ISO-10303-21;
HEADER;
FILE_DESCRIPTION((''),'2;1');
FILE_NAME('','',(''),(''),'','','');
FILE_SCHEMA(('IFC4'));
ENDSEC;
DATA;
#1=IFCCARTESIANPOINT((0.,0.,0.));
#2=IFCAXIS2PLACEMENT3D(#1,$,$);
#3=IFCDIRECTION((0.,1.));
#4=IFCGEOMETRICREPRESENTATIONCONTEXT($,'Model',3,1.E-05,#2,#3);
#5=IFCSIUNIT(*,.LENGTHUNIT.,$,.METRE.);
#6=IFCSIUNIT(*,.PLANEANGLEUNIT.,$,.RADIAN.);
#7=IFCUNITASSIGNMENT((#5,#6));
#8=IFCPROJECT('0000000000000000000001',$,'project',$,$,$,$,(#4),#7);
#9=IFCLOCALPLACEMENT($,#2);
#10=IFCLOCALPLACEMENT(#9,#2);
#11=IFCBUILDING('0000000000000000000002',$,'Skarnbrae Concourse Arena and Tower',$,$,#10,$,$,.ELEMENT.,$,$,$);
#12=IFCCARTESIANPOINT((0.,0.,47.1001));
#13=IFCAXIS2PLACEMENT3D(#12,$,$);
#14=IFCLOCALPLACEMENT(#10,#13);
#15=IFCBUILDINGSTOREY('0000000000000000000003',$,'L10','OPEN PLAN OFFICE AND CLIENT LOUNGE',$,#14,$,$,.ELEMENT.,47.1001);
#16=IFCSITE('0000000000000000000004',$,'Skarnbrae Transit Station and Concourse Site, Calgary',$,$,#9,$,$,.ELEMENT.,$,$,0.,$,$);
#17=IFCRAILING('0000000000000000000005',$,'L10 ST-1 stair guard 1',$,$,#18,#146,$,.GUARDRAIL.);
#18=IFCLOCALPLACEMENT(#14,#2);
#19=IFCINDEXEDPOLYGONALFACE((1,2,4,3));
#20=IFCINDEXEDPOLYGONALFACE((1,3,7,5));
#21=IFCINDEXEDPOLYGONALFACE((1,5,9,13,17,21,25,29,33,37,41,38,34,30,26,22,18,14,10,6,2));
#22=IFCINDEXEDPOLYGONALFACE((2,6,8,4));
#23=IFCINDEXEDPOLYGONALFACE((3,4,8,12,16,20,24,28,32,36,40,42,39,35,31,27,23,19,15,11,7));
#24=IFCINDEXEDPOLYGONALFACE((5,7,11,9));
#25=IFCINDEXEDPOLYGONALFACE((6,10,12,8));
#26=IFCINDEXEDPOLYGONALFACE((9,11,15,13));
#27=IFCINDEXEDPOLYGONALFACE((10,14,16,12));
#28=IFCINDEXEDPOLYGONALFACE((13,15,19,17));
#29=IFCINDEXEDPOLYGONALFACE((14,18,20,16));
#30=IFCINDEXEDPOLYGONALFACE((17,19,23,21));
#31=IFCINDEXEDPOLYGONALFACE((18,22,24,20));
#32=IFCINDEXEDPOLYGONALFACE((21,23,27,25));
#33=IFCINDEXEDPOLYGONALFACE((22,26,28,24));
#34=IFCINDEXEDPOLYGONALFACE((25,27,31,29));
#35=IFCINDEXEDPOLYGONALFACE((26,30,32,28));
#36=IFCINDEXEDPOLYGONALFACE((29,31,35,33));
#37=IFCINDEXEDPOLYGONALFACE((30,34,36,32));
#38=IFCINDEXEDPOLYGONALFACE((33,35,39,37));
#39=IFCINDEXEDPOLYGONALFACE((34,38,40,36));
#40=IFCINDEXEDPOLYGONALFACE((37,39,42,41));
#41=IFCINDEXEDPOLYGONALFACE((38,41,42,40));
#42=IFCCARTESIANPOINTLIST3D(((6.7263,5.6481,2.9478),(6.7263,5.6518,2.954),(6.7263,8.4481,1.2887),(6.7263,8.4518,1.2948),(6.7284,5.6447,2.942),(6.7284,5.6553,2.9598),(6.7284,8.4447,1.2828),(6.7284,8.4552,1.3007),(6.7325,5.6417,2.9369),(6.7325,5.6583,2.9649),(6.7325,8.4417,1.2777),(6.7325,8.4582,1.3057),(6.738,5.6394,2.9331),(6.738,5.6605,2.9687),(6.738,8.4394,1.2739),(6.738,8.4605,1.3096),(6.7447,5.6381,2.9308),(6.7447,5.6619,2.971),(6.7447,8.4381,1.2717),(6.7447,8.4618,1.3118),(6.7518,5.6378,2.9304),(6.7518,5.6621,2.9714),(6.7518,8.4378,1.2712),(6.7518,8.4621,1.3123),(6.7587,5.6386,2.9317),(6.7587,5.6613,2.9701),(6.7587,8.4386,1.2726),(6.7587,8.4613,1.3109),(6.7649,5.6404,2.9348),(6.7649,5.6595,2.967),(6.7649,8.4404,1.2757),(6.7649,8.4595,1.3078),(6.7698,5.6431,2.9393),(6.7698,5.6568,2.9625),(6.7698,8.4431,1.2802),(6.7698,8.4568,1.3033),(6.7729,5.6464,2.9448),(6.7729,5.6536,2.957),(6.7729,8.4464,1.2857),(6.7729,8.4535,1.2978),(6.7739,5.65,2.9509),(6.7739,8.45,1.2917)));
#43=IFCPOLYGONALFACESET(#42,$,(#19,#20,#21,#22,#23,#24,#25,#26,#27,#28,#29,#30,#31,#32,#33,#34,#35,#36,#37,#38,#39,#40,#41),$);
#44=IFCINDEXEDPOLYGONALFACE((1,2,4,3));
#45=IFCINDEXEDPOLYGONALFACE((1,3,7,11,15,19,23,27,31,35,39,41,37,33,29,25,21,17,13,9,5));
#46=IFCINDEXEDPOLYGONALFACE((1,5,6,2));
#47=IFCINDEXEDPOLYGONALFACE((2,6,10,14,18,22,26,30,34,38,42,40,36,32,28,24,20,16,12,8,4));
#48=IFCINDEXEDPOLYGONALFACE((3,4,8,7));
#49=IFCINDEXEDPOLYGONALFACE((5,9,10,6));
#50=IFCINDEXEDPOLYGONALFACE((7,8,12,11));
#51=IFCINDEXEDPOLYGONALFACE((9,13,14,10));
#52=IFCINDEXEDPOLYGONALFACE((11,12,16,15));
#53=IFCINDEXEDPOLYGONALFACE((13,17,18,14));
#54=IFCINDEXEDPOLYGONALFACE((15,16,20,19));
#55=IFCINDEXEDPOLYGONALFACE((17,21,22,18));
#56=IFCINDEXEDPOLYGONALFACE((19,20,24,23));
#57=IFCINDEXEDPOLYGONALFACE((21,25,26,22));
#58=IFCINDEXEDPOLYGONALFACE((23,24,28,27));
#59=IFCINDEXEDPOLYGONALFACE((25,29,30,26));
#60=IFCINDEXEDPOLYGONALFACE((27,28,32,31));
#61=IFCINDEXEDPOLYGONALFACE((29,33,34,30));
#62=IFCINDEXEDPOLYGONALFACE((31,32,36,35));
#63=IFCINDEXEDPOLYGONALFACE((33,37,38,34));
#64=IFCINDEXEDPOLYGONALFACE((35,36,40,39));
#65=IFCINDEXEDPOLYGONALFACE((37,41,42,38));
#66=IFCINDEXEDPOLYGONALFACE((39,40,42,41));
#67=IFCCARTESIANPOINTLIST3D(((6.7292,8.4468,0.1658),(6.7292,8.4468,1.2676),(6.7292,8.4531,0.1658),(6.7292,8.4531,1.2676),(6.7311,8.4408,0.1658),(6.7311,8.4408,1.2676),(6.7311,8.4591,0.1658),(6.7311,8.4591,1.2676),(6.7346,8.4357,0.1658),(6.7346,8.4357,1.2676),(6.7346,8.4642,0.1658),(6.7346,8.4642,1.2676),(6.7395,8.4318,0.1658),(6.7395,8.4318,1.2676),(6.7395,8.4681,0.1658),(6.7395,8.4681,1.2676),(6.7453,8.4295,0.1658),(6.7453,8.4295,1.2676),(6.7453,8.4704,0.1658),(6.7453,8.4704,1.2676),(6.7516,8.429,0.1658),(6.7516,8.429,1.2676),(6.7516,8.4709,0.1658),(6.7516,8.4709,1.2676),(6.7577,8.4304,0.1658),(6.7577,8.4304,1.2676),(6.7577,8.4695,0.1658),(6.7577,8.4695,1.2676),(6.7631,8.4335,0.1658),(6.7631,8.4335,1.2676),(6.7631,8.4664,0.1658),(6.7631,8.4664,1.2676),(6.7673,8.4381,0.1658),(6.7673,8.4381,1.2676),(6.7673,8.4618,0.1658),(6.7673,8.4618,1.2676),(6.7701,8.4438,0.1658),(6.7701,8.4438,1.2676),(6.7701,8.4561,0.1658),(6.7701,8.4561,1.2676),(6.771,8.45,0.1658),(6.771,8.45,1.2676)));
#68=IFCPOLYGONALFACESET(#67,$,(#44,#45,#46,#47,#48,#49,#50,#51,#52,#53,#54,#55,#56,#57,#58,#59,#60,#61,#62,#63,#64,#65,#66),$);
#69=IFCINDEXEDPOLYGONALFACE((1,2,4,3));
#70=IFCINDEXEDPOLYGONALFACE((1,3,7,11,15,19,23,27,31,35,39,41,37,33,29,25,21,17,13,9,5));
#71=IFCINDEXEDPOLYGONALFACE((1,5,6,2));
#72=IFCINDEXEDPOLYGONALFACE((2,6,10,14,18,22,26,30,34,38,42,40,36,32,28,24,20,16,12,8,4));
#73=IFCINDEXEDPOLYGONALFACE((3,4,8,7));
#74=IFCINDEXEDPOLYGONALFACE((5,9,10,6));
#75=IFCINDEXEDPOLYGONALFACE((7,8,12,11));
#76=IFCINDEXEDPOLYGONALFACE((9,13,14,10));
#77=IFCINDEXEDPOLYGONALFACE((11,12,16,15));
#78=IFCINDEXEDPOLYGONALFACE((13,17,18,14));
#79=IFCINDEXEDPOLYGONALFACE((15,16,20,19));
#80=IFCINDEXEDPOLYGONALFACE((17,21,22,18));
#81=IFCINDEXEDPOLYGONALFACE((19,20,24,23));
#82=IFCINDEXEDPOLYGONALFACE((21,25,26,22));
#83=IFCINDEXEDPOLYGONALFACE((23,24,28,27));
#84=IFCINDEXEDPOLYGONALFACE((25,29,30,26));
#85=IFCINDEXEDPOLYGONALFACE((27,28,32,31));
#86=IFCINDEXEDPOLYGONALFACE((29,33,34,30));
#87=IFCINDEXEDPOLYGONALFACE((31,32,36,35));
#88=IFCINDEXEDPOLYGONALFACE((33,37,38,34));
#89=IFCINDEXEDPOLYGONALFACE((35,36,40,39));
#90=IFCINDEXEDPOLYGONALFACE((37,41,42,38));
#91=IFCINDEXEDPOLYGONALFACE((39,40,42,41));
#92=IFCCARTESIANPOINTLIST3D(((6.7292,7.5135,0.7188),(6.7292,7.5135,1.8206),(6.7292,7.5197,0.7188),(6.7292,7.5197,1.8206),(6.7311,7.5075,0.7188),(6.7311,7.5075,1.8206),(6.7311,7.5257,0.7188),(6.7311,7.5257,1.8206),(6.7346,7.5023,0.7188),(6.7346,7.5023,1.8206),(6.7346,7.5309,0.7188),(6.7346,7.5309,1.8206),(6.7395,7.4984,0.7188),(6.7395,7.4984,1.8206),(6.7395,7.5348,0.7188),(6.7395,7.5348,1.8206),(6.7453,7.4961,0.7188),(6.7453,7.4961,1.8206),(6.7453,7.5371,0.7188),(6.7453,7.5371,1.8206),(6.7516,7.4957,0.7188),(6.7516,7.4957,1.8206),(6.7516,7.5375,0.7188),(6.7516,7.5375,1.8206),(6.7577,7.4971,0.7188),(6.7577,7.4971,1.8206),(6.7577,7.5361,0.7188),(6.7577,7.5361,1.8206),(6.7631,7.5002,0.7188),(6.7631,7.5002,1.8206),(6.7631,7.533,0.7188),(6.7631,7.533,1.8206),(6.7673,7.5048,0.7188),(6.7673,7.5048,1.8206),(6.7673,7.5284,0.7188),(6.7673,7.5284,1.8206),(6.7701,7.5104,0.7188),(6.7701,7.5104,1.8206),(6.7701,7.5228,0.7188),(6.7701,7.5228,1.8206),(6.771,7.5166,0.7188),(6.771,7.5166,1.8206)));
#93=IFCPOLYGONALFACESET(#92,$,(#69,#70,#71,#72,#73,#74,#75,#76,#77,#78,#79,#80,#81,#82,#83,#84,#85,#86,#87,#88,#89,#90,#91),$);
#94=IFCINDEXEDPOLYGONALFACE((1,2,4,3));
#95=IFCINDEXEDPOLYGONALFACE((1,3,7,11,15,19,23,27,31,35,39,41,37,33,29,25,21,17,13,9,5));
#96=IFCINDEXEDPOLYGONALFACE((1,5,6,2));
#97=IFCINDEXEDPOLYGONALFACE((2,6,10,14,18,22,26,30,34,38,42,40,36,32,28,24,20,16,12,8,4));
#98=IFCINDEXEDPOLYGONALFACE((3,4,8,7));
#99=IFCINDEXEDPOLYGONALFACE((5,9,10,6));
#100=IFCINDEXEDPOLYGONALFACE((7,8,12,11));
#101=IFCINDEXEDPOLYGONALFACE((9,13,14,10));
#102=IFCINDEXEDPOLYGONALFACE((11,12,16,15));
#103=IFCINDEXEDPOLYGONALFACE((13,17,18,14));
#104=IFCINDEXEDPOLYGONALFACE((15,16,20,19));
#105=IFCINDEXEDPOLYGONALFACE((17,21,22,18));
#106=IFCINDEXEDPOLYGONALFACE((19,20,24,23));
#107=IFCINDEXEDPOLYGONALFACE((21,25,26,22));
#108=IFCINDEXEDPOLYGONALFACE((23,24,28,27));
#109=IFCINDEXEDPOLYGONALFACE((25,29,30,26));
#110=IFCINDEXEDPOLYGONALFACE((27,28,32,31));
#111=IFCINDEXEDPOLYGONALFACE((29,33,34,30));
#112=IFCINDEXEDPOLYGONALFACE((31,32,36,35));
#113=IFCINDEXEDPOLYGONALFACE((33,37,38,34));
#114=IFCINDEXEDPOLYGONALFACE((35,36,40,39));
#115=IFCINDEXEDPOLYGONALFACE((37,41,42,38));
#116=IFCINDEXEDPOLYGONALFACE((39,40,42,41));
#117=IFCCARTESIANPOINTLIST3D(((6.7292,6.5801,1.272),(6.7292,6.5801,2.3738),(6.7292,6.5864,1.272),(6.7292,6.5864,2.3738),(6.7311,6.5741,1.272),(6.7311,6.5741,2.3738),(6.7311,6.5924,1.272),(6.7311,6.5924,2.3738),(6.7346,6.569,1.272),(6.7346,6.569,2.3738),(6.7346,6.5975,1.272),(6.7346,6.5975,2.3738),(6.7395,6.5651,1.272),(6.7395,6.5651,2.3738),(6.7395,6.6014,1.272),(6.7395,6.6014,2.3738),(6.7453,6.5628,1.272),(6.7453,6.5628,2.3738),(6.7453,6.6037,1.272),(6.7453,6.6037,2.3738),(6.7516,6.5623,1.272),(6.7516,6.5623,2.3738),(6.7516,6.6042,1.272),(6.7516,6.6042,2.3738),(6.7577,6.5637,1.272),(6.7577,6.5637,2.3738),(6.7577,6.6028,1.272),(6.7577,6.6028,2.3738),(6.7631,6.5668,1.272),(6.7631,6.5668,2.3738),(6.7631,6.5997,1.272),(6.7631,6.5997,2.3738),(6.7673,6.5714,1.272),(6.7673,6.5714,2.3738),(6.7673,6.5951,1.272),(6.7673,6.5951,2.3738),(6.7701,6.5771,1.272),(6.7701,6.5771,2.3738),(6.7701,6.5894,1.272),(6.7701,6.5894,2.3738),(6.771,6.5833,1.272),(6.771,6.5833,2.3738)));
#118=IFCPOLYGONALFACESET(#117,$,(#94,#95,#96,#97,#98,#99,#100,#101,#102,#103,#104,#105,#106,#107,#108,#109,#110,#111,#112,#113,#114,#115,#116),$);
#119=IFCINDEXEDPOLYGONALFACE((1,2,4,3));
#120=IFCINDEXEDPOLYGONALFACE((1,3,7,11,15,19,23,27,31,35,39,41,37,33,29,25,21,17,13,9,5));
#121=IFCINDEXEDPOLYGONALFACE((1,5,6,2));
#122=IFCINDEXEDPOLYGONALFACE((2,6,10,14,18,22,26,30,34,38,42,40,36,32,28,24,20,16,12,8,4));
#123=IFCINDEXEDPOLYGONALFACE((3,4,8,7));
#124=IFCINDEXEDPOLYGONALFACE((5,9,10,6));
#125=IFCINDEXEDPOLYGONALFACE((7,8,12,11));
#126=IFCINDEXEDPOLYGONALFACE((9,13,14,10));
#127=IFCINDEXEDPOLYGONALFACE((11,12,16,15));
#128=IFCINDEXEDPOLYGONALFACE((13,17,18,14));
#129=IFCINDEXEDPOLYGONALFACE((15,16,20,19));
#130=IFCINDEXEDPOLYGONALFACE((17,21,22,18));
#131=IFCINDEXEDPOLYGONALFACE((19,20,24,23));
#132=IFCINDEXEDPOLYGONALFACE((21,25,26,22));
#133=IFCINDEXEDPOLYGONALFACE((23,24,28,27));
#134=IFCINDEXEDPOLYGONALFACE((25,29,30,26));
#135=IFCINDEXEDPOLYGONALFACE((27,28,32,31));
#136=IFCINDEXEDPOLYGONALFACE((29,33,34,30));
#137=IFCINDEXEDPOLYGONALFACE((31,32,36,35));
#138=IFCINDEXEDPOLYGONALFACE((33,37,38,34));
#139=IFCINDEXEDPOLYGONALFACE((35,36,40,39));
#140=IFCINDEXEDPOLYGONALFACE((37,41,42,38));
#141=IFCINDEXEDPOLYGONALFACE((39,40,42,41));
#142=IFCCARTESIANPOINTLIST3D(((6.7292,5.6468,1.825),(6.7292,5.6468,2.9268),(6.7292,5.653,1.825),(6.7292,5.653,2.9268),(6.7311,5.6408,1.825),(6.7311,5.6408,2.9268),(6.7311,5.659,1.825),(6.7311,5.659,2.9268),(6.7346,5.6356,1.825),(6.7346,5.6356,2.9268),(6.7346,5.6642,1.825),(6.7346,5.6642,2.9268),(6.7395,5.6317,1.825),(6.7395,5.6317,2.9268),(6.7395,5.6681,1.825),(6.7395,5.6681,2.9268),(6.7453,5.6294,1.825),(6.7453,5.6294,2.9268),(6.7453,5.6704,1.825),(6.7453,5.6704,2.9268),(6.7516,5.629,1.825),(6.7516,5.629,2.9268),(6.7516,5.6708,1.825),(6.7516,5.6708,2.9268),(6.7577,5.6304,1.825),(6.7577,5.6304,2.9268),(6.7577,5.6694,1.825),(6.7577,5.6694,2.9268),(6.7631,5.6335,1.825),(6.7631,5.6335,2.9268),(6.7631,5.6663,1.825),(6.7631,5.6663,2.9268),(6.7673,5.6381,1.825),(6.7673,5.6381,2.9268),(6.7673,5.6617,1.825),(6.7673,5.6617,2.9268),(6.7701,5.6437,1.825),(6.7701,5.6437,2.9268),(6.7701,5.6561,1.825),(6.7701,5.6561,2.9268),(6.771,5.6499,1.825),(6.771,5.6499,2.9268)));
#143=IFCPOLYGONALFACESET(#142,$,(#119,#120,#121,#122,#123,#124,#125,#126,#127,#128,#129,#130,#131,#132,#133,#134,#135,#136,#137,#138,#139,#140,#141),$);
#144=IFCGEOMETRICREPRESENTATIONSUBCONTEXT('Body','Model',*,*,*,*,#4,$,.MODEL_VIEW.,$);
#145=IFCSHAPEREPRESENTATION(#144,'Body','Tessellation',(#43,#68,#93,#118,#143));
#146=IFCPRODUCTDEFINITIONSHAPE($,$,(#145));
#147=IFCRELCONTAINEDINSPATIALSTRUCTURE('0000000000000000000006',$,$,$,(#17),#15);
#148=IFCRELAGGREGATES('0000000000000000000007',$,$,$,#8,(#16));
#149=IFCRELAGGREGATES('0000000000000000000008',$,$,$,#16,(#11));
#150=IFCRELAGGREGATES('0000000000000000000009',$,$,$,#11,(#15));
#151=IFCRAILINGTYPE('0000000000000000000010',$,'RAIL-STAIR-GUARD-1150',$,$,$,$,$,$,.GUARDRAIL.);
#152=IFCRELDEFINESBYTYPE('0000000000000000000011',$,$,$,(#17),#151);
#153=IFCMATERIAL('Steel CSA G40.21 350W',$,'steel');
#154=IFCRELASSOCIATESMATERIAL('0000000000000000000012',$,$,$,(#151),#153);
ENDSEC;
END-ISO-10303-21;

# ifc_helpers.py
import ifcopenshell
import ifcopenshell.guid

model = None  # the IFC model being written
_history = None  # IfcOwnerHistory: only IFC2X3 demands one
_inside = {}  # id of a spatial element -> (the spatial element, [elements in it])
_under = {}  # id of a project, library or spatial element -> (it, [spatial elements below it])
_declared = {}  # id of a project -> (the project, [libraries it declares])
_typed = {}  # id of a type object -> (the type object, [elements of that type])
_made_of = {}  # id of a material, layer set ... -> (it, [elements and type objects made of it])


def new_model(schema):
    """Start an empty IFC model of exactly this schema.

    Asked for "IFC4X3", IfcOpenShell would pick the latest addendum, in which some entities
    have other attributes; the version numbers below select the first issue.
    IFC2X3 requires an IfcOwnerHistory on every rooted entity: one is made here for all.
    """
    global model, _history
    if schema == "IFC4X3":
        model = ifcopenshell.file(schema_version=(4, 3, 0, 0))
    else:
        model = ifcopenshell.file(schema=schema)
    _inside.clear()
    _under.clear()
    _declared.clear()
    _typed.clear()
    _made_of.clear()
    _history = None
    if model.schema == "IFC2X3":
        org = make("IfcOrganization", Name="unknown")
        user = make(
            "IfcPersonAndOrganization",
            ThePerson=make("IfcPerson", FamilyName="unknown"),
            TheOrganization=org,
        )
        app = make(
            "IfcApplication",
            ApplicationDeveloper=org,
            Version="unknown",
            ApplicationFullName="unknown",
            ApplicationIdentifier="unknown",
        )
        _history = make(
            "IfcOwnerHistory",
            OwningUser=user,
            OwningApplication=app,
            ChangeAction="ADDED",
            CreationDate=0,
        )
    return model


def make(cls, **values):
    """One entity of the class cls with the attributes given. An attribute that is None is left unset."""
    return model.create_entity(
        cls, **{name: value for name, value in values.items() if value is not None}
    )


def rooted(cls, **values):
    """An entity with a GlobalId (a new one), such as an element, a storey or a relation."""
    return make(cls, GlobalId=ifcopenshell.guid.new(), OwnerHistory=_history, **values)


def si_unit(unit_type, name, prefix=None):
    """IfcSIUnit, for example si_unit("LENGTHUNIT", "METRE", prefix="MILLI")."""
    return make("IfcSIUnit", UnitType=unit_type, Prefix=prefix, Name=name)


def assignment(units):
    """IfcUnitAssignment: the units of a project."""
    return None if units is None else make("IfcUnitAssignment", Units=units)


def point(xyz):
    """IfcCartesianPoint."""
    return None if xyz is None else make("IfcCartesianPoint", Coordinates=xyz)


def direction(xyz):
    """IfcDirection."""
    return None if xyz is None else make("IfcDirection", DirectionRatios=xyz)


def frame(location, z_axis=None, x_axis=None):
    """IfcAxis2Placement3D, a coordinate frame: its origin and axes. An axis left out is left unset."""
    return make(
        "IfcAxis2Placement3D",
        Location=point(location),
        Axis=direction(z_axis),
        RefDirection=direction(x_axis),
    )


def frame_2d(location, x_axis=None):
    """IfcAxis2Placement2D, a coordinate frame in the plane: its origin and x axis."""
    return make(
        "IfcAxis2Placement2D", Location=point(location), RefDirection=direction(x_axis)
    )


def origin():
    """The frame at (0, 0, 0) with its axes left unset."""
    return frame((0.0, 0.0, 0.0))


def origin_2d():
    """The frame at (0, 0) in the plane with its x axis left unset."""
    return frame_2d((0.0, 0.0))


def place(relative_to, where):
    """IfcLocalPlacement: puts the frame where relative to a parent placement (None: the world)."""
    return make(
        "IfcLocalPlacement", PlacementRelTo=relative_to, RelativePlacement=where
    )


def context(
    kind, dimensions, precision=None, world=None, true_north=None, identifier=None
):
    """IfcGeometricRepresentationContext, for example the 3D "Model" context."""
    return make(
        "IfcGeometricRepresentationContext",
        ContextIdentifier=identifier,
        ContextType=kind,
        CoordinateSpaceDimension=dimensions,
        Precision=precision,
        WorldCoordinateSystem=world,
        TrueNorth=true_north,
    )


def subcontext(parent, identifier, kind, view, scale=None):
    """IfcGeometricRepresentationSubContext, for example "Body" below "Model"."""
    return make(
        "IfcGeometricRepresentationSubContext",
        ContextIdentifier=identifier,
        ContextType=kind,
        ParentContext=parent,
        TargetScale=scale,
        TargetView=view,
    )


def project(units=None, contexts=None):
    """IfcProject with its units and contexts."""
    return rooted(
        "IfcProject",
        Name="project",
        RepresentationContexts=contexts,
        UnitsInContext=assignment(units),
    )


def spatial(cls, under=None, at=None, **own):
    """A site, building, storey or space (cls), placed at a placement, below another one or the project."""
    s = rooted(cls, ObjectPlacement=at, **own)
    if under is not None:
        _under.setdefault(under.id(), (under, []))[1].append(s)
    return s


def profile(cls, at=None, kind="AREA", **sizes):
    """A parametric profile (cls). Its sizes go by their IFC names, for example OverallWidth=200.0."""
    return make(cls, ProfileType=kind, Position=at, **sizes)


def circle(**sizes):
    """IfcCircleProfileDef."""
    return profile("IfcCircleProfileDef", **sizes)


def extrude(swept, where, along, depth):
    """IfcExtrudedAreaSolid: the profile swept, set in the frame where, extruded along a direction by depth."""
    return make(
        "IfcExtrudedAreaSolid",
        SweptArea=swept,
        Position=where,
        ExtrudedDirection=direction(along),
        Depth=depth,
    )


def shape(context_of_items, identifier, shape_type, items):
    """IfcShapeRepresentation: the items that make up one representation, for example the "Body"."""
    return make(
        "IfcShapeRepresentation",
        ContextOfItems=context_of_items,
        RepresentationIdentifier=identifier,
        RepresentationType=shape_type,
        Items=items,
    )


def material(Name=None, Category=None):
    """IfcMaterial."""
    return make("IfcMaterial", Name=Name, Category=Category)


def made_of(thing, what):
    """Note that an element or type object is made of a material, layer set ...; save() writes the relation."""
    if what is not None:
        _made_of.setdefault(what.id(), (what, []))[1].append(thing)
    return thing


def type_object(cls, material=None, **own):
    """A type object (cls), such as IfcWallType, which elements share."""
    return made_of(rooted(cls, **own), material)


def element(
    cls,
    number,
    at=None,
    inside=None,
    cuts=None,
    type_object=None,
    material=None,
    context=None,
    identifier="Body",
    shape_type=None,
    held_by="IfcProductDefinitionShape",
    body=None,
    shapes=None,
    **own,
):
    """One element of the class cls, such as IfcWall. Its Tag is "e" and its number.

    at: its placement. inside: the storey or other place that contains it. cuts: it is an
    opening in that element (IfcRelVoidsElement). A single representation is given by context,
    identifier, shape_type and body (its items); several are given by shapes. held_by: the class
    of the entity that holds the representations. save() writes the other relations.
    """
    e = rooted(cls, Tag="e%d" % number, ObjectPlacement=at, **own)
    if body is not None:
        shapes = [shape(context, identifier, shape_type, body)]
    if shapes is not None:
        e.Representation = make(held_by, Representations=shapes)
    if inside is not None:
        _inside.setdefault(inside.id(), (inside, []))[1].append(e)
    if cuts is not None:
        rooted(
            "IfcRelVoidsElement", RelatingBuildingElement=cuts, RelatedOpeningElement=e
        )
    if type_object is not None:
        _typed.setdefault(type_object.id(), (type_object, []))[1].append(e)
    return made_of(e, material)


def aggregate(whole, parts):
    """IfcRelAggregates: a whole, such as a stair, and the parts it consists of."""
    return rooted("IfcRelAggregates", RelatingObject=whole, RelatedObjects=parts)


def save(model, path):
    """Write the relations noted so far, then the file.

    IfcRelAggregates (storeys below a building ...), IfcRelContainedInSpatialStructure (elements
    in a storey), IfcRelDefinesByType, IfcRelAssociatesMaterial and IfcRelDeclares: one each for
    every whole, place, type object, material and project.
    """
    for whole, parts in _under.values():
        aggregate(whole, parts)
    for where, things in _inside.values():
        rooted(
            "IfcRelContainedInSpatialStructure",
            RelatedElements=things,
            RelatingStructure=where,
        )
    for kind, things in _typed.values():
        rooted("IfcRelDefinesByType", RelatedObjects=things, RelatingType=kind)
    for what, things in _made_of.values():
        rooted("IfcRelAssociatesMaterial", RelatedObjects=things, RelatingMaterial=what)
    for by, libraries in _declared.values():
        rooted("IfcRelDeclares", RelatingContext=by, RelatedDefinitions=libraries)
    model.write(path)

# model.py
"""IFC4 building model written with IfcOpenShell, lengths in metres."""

from ifc_helpers import new_model, si_unit, direction, frame, origin, origin_2d, place, context, subcontext, project, spatial, circle, extrude, material, type_object, element, save


model = new_model("IFC4")

# Units and contexts
model_context = context("Model", 3, precision=1e-05, world=origin(), true_north=direction((0.0, 1.0)))
body_context = subcontext(model_context, "Body", "Model", "MODEL_VIEW")
ifc_project = project(units=[si_unit("LENGTHUNIT", "METRE"), si_unit("PLANEANGLEUNIT", "RADIAN")], contexts=[model_context])

# Site, building, storey
site_placement = place(None, origin())
site = spatial("IfcSite", under=ifc_project, at=site_placement, Name="Skarnbrae Transit Station and Concourse Site, Calgary", CompositionType="ELEMENT", RefElevation=0.0)
building_placement = place(site_placement, origin())
building = spatial("IfcBuilding", under=site, at=building_placement, Name="Skarnbrae Concourse Arena and Tower", CompositionType="ELEMENT")
storey_placement = place(building_placement, frame((0.0, 0.0, 47.1001)))
storey = spatial("IfcBuildingStorey", under=building, at=storey_placement, Name="L10", Description="OPEN PLAN OFFICE AND CLIENT LOUNGE", CompositionType="ELEMENT", Elevation=47.1001)

# Shared definitions
ifc_material_1 = material(Name="Steel CSA G40.21 350W", Category="steel")

# Railing
railing_type_1 = type_object("IfcRailingType", Name="RAIL-STAIR-GUARD-1150", PredefinedType="GUARDRAIL", material=ifc_material_1)
railing_1_placement = place(storey_placement, frame((6.75, 8.45, 0.1658)))
element("IfcRailing", 1, at=railing_1_placement, inside=storey, type_object=railing_type_1, Name="L10 ST-1 stair guard 1", PredefinedType="GUARDRAIL", context=body_context, shape_type="SweptSolid", body=[
    extrude(circle(Radius=0.0239, at=origin_2d()), frame((0.0, 0.0, 1.126), z_axis=(0.0, -0.860306, 0.509778), x_axis=(1.0, 0.0, 0.0)), (0.0, 0.0, 1.0), 3.2546),
    extrude(circle(Radius=0.021, at=origin_2d()), origin(), (0.0, 0.0, 1.0), 1.1018),
    extrude(circle(Radius=0.021, at=origin_2d()), frame((0.0, -0.9333, 0.553)), (0.0, 0.0, 1.0), 1.1018),
    extrude(circle(Radius=0.021, at=origin_2d()), frame((0.0, -1.8667, 1.1062)), (0.0, 0.0, 1.0), 1.1018),
    extrude(circle(Radius=0.021, at=origin_2d()), frame((0.0, -2.8, 1.6592)), (0.0, 0.0, 1.0), 1.1018),
])

save(model, "model.ifc")
